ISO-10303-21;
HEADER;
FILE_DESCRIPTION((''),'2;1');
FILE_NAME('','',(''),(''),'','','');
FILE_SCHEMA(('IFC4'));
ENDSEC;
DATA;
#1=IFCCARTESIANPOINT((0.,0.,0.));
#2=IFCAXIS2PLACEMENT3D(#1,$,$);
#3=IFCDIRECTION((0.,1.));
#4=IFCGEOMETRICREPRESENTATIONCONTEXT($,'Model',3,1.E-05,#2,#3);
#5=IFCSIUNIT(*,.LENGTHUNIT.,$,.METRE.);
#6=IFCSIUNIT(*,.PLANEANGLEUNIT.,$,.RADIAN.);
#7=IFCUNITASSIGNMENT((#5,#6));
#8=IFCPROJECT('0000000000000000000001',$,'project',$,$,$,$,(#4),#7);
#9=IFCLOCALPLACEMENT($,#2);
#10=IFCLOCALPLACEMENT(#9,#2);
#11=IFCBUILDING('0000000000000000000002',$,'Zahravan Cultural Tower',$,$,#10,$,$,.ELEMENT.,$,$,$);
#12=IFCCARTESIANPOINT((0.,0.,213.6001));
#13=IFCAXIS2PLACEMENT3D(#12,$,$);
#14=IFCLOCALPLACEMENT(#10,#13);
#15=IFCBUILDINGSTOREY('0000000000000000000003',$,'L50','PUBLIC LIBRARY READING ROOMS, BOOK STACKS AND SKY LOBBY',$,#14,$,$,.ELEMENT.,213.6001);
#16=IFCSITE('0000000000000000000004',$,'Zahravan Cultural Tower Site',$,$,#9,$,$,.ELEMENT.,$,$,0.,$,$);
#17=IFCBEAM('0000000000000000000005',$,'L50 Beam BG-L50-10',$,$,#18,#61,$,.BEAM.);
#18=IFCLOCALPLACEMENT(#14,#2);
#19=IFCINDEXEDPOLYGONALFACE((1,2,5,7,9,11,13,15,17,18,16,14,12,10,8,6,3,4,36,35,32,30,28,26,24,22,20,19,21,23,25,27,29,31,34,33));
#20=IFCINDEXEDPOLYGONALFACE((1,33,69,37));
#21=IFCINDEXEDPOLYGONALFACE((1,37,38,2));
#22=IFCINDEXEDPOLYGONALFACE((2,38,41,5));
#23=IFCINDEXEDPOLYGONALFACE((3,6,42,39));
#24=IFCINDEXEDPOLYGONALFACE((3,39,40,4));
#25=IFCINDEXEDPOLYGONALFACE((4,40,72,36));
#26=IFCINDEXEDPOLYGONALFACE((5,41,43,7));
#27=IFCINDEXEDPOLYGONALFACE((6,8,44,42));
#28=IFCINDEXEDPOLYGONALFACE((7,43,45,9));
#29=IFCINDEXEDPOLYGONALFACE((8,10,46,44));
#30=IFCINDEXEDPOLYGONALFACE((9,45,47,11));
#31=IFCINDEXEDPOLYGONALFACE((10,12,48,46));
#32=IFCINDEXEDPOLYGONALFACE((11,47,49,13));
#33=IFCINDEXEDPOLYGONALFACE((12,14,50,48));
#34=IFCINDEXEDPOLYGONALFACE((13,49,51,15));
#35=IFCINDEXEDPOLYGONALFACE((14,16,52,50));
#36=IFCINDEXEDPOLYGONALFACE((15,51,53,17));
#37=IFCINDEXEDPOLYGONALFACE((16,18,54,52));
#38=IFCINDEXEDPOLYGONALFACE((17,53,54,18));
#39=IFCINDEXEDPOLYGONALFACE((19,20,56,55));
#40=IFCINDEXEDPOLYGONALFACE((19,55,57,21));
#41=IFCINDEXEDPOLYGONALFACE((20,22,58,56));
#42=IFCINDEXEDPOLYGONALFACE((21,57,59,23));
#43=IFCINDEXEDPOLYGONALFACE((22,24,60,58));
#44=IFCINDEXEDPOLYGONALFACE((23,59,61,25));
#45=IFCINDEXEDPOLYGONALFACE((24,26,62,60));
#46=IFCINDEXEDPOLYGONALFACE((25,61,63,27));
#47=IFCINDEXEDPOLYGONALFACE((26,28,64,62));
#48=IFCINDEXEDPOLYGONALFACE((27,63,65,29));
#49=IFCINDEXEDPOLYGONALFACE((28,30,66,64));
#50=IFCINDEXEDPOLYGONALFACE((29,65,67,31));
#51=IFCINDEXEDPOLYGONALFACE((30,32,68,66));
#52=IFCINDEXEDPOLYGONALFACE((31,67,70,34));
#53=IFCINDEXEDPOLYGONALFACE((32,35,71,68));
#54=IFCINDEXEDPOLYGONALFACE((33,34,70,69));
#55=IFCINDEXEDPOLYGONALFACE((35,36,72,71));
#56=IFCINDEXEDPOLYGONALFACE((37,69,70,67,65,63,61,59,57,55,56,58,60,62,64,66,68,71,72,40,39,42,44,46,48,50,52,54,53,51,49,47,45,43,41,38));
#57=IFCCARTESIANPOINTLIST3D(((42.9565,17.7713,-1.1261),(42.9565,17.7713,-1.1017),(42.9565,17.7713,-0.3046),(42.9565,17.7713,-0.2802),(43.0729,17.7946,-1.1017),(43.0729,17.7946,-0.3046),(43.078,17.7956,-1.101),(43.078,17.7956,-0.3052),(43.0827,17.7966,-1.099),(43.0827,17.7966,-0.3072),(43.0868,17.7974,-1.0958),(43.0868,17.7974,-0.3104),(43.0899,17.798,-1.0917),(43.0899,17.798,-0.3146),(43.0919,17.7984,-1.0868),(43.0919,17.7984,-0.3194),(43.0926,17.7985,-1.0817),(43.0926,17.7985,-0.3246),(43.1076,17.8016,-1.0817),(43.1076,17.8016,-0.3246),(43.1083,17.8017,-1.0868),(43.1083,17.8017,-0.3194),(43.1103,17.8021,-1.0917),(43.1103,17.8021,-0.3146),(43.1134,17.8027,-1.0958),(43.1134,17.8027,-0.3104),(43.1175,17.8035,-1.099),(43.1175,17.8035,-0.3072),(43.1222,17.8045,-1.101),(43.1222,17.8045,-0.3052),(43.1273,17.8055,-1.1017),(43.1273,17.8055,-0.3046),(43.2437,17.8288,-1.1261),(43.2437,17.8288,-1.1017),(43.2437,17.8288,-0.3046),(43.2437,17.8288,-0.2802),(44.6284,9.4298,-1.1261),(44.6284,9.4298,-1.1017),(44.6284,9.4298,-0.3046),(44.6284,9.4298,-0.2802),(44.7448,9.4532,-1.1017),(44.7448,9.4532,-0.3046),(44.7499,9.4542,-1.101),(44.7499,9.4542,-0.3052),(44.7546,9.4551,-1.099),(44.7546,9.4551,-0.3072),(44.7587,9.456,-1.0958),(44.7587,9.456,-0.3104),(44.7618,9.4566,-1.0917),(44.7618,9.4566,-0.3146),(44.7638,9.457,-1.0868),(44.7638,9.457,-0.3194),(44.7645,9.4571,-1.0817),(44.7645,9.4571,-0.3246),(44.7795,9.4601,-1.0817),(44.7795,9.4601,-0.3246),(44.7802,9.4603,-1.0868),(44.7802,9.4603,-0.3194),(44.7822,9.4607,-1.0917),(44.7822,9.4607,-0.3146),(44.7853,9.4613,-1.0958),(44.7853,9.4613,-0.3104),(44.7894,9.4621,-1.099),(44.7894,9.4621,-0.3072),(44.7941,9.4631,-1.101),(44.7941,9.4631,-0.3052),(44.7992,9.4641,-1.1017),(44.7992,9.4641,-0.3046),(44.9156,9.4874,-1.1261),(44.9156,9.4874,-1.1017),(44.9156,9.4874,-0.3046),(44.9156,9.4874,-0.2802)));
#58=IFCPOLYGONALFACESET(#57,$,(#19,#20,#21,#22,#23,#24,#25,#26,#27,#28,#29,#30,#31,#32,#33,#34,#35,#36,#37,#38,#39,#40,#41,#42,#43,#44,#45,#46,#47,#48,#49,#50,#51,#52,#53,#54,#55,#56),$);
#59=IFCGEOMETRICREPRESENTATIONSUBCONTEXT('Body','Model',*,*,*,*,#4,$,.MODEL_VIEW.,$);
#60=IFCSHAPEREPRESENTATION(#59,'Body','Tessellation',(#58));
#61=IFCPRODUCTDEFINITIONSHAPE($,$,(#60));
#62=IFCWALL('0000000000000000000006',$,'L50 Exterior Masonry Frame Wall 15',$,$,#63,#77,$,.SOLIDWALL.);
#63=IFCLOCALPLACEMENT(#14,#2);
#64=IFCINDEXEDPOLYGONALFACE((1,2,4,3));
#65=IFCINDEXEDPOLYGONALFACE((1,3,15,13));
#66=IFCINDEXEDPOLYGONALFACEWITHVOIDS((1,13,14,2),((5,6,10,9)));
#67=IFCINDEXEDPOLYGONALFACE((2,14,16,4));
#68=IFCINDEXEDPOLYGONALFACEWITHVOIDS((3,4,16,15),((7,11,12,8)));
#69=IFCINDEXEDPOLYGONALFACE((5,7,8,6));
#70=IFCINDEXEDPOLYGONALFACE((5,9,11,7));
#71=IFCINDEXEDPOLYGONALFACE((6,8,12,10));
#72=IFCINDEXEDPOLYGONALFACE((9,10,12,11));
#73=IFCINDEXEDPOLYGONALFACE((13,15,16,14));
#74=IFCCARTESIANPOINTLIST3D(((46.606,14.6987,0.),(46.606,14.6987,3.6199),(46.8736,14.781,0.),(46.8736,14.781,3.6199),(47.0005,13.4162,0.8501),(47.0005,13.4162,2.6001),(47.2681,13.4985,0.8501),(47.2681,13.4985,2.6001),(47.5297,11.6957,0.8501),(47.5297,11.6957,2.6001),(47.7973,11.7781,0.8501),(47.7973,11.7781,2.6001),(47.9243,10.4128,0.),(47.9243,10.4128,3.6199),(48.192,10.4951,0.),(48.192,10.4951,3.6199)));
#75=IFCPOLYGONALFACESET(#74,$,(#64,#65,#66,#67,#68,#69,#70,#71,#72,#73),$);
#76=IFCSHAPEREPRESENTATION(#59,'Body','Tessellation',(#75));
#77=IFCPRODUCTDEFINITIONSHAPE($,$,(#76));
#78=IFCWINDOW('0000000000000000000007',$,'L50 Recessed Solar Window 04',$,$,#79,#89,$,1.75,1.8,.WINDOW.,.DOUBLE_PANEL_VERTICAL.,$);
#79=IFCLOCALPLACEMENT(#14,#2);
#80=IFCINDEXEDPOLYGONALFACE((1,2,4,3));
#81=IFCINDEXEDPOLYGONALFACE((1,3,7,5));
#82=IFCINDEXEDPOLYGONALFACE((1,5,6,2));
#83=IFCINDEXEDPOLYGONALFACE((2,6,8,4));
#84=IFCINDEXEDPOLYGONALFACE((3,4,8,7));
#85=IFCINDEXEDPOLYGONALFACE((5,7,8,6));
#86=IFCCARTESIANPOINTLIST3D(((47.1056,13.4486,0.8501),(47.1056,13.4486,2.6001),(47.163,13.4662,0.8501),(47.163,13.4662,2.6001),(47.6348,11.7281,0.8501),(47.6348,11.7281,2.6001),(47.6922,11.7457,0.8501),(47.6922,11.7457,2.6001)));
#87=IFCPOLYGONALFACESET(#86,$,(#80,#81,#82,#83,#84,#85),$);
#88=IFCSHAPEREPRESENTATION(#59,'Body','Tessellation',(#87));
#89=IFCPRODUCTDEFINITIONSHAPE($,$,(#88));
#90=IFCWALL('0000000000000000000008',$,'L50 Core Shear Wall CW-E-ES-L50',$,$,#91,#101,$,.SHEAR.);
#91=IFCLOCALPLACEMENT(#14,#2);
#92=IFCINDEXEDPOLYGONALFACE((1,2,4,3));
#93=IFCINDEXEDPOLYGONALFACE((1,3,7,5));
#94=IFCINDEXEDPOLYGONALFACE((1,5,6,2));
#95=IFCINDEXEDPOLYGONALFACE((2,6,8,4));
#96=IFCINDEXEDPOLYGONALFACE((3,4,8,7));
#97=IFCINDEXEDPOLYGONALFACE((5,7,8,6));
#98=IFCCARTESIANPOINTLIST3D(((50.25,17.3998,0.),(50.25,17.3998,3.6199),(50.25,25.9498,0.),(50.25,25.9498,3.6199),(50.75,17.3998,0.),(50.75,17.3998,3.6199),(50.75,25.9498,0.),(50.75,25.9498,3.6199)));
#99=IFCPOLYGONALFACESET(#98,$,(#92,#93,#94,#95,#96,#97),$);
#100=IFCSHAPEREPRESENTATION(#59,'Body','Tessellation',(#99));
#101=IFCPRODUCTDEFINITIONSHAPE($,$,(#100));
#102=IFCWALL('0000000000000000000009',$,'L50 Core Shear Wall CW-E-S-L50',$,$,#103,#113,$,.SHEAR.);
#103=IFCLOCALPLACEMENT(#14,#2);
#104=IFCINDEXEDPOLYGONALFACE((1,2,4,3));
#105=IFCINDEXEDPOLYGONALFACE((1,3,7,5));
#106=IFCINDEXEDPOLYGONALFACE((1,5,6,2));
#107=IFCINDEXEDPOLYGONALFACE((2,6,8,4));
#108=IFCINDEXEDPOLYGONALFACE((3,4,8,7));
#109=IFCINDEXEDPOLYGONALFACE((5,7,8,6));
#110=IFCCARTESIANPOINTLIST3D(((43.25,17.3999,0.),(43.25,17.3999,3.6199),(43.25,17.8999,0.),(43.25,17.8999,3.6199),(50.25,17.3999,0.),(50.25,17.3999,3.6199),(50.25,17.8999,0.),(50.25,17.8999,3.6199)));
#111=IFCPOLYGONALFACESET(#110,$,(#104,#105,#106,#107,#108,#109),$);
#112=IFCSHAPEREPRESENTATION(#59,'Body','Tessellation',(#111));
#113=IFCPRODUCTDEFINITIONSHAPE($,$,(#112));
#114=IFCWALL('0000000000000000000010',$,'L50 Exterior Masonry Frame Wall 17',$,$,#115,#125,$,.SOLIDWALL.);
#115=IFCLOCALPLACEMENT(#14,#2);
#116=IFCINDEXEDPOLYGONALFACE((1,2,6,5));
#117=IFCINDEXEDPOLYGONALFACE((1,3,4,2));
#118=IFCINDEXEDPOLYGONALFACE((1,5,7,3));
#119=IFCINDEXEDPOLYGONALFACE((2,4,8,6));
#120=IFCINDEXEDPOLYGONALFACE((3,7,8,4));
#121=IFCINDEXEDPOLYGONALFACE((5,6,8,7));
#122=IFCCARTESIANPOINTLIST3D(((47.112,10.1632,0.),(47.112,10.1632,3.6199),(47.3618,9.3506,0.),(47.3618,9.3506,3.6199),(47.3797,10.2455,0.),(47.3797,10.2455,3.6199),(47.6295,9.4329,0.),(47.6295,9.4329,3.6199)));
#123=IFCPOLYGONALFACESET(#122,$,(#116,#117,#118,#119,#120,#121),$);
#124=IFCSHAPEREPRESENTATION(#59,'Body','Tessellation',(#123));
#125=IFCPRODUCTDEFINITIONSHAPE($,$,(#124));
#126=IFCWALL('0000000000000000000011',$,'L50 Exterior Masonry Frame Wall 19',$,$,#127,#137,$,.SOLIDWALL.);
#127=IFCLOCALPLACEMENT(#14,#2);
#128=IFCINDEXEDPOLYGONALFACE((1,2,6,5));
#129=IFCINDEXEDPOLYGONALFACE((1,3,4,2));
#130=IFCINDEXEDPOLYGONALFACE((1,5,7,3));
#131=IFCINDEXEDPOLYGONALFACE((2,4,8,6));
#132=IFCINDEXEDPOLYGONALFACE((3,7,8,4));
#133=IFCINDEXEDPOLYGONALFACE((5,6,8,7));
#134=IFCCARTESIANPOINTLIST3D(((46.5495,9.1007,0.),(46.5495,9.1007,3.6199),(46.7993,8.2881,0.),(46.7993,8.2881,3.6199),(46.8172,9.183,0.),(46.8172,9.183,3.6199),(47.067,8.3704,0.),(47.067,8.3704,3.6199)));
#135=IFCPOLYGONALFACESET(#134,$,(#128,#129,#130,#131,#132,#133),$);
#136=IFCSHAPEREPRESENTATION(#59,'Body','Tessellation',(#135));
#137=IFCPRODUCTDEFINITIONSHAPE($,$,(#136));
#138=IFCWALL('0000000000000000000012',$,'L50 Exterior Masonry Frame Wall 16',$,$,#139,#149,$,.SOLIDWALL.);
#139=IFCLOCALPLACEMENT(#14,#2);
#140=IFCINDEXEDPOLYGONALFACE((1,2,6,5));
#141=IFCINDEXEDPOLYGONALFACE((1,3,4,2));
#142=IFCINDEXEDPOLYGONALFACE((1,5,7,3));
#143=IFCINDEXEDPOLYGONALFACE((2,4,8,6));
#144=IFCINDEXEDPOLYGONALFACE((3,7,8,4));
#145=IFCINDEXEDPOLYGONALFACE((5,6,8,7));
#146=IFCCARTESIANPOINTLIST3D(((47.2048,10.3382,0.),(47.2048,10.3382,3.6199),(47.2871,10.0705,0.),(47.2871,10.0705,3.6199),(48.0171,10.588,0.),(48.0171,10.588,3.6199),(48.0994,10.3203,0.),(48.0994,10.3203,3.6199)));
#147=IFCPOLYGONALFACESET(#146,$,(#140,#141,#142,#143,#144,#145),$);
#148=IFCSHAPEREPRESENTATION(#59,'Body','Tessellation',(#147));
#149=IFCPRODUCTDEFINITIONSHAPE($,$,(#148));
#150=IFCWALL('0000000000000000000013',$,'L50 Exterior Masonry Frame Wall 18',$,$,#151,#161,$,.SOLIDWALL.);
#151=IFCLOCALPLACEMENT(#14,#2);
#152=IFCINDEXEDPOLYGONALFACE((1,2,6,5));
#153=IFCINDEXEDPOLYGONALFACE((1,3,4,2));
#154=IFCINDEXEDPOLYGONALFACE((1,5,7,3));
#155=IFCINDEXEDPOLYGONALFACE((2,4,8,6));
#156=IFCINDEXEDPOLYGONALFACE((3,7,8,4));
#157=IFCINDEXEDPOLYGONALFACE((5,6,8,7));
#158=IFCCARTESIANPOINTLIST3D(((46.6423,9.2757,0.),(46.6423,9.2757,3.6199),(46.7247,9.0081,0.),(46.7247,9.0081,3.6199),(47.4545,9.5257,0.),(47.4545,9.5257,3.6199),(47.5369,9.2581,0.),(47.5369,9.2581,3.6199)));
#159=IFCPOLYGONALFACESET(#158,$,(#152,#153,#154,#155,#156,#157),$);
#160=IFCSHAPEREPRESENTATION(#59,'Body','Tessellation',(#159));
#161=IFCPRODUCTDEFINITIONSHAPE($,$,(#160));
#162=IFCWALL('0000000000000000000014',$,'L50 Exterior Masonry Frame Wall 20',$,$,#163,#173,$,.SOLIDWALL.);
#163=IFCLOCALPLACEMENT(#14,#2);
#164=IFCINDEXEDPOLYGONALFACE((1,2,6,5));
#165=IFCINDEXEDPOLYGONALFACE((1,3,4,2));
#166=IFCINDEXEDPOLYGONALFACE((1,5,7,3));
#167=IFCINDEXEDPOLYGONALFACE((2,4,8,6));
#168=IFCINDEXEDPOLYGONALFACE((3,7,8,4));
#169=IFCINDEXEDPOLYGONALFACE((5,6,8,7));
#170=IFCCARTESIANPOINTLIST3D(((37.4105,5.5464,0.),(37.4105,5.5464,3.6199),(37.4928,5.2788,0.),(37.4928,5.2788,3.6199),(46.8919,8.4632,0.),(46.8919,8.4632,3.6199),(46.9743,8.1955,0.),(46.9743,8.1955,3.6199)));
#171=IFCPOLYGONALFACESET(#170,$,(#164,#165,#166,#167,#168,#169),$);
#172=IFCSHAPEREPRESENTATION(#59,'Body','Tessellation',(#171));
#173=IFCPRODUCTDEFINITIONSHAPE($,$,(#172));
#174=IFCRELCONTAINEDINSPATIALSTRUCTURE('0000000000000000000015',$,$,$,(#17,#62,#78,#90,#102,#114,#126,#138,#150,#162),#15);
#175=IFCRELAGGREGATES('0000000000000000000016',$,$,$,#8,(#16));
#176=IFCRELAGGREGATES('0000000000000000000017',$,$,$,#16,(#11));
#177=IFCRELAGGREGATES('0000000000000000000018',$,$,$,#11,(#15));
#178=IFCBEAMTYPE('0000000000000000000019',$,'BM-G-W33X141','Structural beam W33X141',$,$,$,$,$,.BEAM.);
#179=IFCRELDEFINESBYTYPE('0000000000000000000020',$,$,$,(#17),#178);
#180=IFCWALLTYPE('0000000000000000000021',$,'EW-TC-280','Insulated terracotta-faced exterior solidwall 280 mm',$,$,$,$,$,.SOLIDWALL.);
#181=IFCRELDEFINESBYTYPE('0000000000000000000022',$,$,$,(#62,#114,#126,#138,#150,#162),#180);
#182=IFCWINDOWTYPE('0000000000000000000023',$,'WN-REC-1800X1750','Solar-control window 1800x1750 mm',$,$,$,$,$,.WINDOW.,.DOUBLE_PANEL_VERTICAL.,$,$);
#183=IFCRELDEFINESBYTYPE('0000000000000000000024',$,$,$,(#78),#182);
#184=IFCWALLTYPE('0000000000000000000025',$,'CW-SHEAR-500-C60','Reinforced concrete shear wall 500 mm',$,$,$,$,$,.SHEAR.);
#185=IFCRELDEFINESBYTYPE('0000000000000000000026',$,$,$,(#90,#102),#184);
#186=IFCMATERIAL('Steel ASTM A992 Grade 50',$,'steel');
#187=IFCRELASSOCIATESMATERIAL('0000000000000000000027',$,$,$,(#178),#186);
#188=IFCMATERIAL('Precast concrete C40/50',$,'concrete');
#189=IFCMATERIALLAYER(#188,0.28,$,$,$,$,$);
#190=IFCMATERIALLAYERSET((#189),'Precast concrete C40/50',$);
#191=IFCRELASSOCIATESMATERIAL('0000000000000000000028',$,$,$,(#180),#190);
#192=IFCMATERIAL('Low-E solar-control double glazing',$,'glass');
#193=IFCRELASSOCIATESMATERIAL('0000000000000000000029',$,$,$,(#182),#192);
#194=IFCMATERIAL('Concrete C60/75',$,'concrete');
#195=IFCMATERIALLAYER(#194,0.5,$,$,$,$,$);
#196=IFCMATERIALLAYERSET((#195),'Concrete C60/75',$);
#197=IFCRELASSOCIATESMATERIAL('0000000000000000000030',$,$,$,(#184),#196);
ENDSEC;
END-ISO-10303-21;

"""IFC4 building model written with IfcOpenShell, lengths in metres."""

from ifc_helpers import new_model, si_unit, direction, frame, frame_2d, origin, origin_2d, place, context, subcontext, project, spatial, rectangle, i_section, extrude, source, transform, mapped, material, layer, layer_set, material_profile, profile_set, type_object, element, fill, save


model = new_model("IFC4")

# Units and contexts
model_context = context("Model", 3, precision=1e-05, world=origin(), true_north=direction((0.0, 1.0)))
body_context = subcontext(model_context, "Body", "Model", "MODEL_VIEW")
ifc_project = project(units=[si_unit("LENGTHUNIT", "METRE"), si_unit("PLANEANGLEUNIT", "RADIAN")], contexts=[model_context])

# Site, building, storey
site_placement = place(None, origin())
site = spatial("IfcSite", under=ifc_project, at=site_placement, Name="Zahravan Cultural Tower Site", CompositionType="ELEMENT", RefElevation=0.0)
building_placement = place(site_placement, origin())
building = spatial("IfcBuilding", under=site, at=building_placement, Name="Zahravan Cultural Tower", CompositionType="ELEMENT")
storey_placement = place(building_placement, frame((0.0, 0.0, 213.6001)))
storey = spatial("IfcBuildingStorey", under=building, at=storey_placement, Name="L50", Description="PUBLIC LIBRARY READING ROOMS, BOOK STACKS AND SKY LOBBY", CompositionType="ELEMENT", Elevation=213.6001)

# Shared definitions
ifc_material_1 = material(Name="Steel ASTM A992 Grade 50", Category="steel")

# Beam
ifc_material_profile_1 = material_profile(ifc_material_1, i_section(OverallWidth=0.293, OverallDepth=0.8459, WebThickness=0.0154, FlangeThickness=0.0244, FilletRadius=0.02, at=origin_2d()), Name="W33X141")
ifc_profile_set_1 = profile_set([ifc_material_profile_1], Name="Steel ASTM A992 Grade 50")
beam_type_1 = type_object("IfcBeamType", Name="BM-G-W33X141", Description="Structural beam W33X141", PredefinedType="BEAM", material=ifc_profile_set_1)
shared_shape_1 = source(origin(), body_context, "Body", "SweptSolid", [
    extrude(i_section(OverallWidth=0.293, OverallDepth=0.8459, WebThickness=0.0154, FlangeThickness=0.0244, FilletRadius=0.02, at=origin_2d()), origin(), (0.0, 0.0, 1.0), 8.5073),
])
beam_1_placement = place(storey_placement, frame((43.1001, 17.8, -0.7031), z_axis=(0.196525, -0.980499, 0.0), x_axis=(0.980499, 0.196525, 0.0)))
element("IfcBeam", 1, at=beam_1_placement, inside=storey, type_object=beam_type_1, Name="L50 Beam BG-L50-10", PredefinedType="BEAM", context=body_context, shape_type="MappedRepresentation", body=[
    mapped(shared_shape_1, transform((0.0, 0.0, 0.0), x_axis=(1.0, 0.0, 0.0), y_axis=(0.0, 1.0, 0.0), z_axis=(0.0, 0.0, 1.0), scale=1.0)),
])

# Wall, opening, window
ifc_material_2 = material(Name="Precast concrete C40/50", Category="concrete")
ifc_layer_1 = layer(ifc_material_2, 0.28)
ifc_layer_set_1 = layer_set([ifc_layer_1], Name="Precast concrete C40/50")
wall_type_1 = type_object("IfcWallType", Name="EW-TC-280", Description="Insulated terracotta-faced exterior solidwall 280 mm", PredefinedType="SOLIDWALL", material=ifc_layer_set_1)
wall_1_placement = place(storey_placement, frame((46.7397, 14.74, 0.0), z_axis=(0.0, 0.0, 1.0), x_axis=(0.294009, -0.955803, 0.0)))
wall_1 = element("IfcWall", 2, at=wall_1_placement, inside=storey, type_object=wall_type_1, Name="L50 Exterior Masonry Frame Wall 15", PredefinedType="SOLIDWALL", context=body_context, shape_type="SweptSolid", body=[
    extrude(rectangle(XDim=4.4841, YDim=0.28, at=frame_2d((2.2422, 0.0))), origin(), (0.0, 0.0, 1.0), 3.6199),
])
opening_placement = place(wall_1_placement, frame((1.342, 0.0, 0.8501)))
opening = element("IfcOpeningElement", 3, at=opening_placement, cuts=wall_1, PredefinedType="OPENING", context=body_context, shape_type="SweptSolid", body=[
    extrude(rectangle(XDim=1.8, YDim=1.75, at=frame_2d((0.8999, 0.875))), frame((0.0, 0.1499, 0.0), z_axis=(0.0, -1.0, 0.0), x_axis=(1.0, 0.0, 0.0)), (0.0, 0.0, 1.0), 0.3),
])
ifc_material_3 = material(Name="Low-E solar-control double glazing", Category="glass")
window_type = type_object("IfcWindowType", Name="WN-REC-1800X1750", Description="Solar-control window 1800x1750 mm", PartitioningType="DOUBLE_PANEL_VERTICAL", PredefinedType="WINDOW", material=ifc_material_3)
shared_shape_2 = source(origin(), body_context, "Body", "SweptSolid", [
    extrude(rectangle(XDim=1.8, YDim=1.75, at=frame_2d((0.8999, 0.875))), frame((0.0, 0.03, 0.0), z_axis=(0.0, -1.0, 0.0), x_axis=(1.0, 0.0, 0.0)), (0.0, 0.0, 1.0), 0.0601),
])
window_placement = place(opening_placement, origin())
window = element("IfcWindow", 4, at=window_placement, inside=storey, type_object=window_type, Name="L50 Recessed Solar Window 04", OverallHeight=1.75, OverallWidth=1.8, PartitioningType="DOUBLE_PANEL_VERTICAL", PredefinedType="WINDOW", context=body_context, shape_type="MappedRepresentation", body=[
    mapped(shared_shape_2, transform((0.0, 0.0, 0.0), x_axis=(1.0, 0.0, 0.0), y_axis=(0.0, 1.0, 0.0), z_axis=(0.0, 0.0, 1.0), scale=1.0)),
])
fill(opening, window)

# Walls
ifc_material_4 = material(Name="Concrete C60/75", Category="concrete")
ifc_layer_2 = layer(ifc_material_4, 0.5)
ifc_layer_set_2 = layer_set([ifc_layer_2], Name="Concrete C60/75")
wall_type_2 = type_object("IfcWallType", Name="CW-SHEAR-500-C60", Description="Reinforced concrete shear wall 500 mm", PredefinedType="SHEAR", material=ifc_layer_set_2)
shared_shape_3 = source(origin(), body_context, "Body", "SweptSolid", [
    extrude(rectangle(XDim=8.55, YDim=0.5, at=frame_2d((4.2749, 0.0))), origin(), (0.0, 0.0, 1.0), 3.6199),
])
wall_2_placement = place(storey_placement, frame((50.5, 17.3999, 0.0), z_axis=(0.0, 0.0, 1.0), x_axis=(0.0, 1.0, 0.0)))
element("IfcWall", 5, at=wall_2_placement, inside=storey, type_object=wall_type_2, Name="L50 Core Shear Wall CW-E-ES-L50", PredefinedType="SHEAR", context=body_context, shape_type="MappedRepresentation", body=[
    mapped(shared_shape_3, transform((0.0, 0.0, 0.0), x_axis=(1.0, 0.0, 0.0), y_axis=(0.0, 1.0, 0.0), z_axis=(0.0, 0.0, 1.0), scale=1.0)),
])
shared_shape_4 = source(origin(), body_context, "Body", "SweptSolid", [
    extrude(rectangle(XDim=7.0, YDim=0.5, at=frame_2d((3.5, 0.0))), origin(), (0.0, 0.0, 1.0), 3.6199),
])
wall_3_placement = place(storey_placement, frame((43.25, 17.6499, 0.0), z_axis=(0.0, 0.0, 1.0), x_axis=(1.0, 0.0, 0.0)))
element("IfcWall", 6, at=wall_3_placement, inside=storey, type_object=wall_type_2, Name="L50 Core Shear Wall CW-E-S-L50", PredefinedType="SHEAR", context=body_context, shape_type="MappedRepresentation", body=[
    mapped(shared_shape_4, transform((0.0, 0.0, 0.0), x_axis=(1.0, 0.0, 0.0), y_axis=(0.0, 1.0, 0.0), z_axis=(0.0, 0.0, 1.0), scale=1.0)),
])
shared_shape_5 = source(origin(), body_context, "Body", "SweptSolid", [
    extrude(rectangle(XDim=0.8501, YDim=0.28, at=frame_2d((0.425, 0.0))), origin(), (0.0, 0.0, 1.0), 3.6199),
])
for number, where, z_axis, x_axis, name in (
    (7, (47.2458, 10.2043, 0.0), (0.0, 0.0, 1.0), (0.293823, -0.95586, 0.0), "L50 Exterior Masonry Frame Wall 17"),
    (8, (46.6833, 9.1418, 0.0), (0.0, 0.0, 1.0), (0.293823, -0.95586, 0.0), "L50 Exterior Masonry Frame Wall 19"),
):
    element("IfcWall", number, at=place(storey_placement, frame(where, z_axis=z_axis, x_axis=x_axis)), inside=storey, type_object=wall_type_1, Name=name, PredefinedType="SOLIDWALL", context=body_context, shape_type="MappedRepresentation", body=[
        mapped(shared_shape_5, transform((0.0, 0.0, 0.0), x_axis=(1.0, 0.0, 0.0), y_axis=(0.0, 1.0, 0.0), z_axis=(0.0, 0.0, 1.0), scale=1.0)),
    ])
shared_shape_6 = source(origin(), body_context, "Body", "SweptSolid", [
    extrude(rectangle(XDim=0.8499, YDim=0.28, at=frame_2d((0.4248, 0.0))), origin(), (0.0, 0.0, 1.0), 3.6199),
])
for number, where, z_axis, x_axis, name in (
    (9, (48.0581, 10.4541, 0.0), (0.0, 0.0, 1.0), (-0.955835, -0.293904, 0.0), "L50 Exterior Masonry Frame Wall 16"),
    (10, (47.4956, 9.3918, 0.0), (0.0, 0.0, 1.0), (-0.955754, -0.294167, 0.0), "L50 Exterior Masonry Frame Wall 18"),
):
    element("IfcWall", number, at=place(storey_placement, frame(where, z_axis=z_axis, x_axis=x_axis)), inside=storey, type_object=wall_type_1, Name=name, PredefinedType="SOLIDWALL", context=body_context, shape_type="MappedRepresentation", body=[
        mapped(shared_shape_6, transform((0.0, 0.0, 0.0), x_axis=(1.0, 0.0, 0.0), y_axis=(0.0, 1.0, 0.0), z_axis=(0.0, 0.0, 1.0), scale=1.0)),
    ])
shared_shape_7 = source(origin(), body_context, "Body", "SweptSolid", [
    extrude(rectangle(XDim=9.9199, YDim=0.28, at=frame_2d((4.96, 0.0))), origin(), (0.0, 0.0, 1.0), 3.6199),
])
wall_4_placement = place(storey_placement, frame((46.9331, 8.3293, 0.0), z_axis=(0.0, 0.0, 1.0), x_axis=(-0.955797, -0.294029, 0.0)))
element("IfcWall", 11, at=wall_4_placement, inside=storey, type_object=wall_type_1, Name="L50 Exterior Masonry Frame Wall 20", PredefinedType="SOLIDWALL", context=body_context, shape_type="MappedRepresentation", body=[
    mapped(shared_shape_7, transform((0.0, 0.0, 0.0), x_axis=(1.0, 0.0, 0.0), y_axis=(0.0, 1.0, 0.0), z_axis=(0.0, 0.0, 1.0), scale=1.0)),
])

save(model, "model.ifc")
